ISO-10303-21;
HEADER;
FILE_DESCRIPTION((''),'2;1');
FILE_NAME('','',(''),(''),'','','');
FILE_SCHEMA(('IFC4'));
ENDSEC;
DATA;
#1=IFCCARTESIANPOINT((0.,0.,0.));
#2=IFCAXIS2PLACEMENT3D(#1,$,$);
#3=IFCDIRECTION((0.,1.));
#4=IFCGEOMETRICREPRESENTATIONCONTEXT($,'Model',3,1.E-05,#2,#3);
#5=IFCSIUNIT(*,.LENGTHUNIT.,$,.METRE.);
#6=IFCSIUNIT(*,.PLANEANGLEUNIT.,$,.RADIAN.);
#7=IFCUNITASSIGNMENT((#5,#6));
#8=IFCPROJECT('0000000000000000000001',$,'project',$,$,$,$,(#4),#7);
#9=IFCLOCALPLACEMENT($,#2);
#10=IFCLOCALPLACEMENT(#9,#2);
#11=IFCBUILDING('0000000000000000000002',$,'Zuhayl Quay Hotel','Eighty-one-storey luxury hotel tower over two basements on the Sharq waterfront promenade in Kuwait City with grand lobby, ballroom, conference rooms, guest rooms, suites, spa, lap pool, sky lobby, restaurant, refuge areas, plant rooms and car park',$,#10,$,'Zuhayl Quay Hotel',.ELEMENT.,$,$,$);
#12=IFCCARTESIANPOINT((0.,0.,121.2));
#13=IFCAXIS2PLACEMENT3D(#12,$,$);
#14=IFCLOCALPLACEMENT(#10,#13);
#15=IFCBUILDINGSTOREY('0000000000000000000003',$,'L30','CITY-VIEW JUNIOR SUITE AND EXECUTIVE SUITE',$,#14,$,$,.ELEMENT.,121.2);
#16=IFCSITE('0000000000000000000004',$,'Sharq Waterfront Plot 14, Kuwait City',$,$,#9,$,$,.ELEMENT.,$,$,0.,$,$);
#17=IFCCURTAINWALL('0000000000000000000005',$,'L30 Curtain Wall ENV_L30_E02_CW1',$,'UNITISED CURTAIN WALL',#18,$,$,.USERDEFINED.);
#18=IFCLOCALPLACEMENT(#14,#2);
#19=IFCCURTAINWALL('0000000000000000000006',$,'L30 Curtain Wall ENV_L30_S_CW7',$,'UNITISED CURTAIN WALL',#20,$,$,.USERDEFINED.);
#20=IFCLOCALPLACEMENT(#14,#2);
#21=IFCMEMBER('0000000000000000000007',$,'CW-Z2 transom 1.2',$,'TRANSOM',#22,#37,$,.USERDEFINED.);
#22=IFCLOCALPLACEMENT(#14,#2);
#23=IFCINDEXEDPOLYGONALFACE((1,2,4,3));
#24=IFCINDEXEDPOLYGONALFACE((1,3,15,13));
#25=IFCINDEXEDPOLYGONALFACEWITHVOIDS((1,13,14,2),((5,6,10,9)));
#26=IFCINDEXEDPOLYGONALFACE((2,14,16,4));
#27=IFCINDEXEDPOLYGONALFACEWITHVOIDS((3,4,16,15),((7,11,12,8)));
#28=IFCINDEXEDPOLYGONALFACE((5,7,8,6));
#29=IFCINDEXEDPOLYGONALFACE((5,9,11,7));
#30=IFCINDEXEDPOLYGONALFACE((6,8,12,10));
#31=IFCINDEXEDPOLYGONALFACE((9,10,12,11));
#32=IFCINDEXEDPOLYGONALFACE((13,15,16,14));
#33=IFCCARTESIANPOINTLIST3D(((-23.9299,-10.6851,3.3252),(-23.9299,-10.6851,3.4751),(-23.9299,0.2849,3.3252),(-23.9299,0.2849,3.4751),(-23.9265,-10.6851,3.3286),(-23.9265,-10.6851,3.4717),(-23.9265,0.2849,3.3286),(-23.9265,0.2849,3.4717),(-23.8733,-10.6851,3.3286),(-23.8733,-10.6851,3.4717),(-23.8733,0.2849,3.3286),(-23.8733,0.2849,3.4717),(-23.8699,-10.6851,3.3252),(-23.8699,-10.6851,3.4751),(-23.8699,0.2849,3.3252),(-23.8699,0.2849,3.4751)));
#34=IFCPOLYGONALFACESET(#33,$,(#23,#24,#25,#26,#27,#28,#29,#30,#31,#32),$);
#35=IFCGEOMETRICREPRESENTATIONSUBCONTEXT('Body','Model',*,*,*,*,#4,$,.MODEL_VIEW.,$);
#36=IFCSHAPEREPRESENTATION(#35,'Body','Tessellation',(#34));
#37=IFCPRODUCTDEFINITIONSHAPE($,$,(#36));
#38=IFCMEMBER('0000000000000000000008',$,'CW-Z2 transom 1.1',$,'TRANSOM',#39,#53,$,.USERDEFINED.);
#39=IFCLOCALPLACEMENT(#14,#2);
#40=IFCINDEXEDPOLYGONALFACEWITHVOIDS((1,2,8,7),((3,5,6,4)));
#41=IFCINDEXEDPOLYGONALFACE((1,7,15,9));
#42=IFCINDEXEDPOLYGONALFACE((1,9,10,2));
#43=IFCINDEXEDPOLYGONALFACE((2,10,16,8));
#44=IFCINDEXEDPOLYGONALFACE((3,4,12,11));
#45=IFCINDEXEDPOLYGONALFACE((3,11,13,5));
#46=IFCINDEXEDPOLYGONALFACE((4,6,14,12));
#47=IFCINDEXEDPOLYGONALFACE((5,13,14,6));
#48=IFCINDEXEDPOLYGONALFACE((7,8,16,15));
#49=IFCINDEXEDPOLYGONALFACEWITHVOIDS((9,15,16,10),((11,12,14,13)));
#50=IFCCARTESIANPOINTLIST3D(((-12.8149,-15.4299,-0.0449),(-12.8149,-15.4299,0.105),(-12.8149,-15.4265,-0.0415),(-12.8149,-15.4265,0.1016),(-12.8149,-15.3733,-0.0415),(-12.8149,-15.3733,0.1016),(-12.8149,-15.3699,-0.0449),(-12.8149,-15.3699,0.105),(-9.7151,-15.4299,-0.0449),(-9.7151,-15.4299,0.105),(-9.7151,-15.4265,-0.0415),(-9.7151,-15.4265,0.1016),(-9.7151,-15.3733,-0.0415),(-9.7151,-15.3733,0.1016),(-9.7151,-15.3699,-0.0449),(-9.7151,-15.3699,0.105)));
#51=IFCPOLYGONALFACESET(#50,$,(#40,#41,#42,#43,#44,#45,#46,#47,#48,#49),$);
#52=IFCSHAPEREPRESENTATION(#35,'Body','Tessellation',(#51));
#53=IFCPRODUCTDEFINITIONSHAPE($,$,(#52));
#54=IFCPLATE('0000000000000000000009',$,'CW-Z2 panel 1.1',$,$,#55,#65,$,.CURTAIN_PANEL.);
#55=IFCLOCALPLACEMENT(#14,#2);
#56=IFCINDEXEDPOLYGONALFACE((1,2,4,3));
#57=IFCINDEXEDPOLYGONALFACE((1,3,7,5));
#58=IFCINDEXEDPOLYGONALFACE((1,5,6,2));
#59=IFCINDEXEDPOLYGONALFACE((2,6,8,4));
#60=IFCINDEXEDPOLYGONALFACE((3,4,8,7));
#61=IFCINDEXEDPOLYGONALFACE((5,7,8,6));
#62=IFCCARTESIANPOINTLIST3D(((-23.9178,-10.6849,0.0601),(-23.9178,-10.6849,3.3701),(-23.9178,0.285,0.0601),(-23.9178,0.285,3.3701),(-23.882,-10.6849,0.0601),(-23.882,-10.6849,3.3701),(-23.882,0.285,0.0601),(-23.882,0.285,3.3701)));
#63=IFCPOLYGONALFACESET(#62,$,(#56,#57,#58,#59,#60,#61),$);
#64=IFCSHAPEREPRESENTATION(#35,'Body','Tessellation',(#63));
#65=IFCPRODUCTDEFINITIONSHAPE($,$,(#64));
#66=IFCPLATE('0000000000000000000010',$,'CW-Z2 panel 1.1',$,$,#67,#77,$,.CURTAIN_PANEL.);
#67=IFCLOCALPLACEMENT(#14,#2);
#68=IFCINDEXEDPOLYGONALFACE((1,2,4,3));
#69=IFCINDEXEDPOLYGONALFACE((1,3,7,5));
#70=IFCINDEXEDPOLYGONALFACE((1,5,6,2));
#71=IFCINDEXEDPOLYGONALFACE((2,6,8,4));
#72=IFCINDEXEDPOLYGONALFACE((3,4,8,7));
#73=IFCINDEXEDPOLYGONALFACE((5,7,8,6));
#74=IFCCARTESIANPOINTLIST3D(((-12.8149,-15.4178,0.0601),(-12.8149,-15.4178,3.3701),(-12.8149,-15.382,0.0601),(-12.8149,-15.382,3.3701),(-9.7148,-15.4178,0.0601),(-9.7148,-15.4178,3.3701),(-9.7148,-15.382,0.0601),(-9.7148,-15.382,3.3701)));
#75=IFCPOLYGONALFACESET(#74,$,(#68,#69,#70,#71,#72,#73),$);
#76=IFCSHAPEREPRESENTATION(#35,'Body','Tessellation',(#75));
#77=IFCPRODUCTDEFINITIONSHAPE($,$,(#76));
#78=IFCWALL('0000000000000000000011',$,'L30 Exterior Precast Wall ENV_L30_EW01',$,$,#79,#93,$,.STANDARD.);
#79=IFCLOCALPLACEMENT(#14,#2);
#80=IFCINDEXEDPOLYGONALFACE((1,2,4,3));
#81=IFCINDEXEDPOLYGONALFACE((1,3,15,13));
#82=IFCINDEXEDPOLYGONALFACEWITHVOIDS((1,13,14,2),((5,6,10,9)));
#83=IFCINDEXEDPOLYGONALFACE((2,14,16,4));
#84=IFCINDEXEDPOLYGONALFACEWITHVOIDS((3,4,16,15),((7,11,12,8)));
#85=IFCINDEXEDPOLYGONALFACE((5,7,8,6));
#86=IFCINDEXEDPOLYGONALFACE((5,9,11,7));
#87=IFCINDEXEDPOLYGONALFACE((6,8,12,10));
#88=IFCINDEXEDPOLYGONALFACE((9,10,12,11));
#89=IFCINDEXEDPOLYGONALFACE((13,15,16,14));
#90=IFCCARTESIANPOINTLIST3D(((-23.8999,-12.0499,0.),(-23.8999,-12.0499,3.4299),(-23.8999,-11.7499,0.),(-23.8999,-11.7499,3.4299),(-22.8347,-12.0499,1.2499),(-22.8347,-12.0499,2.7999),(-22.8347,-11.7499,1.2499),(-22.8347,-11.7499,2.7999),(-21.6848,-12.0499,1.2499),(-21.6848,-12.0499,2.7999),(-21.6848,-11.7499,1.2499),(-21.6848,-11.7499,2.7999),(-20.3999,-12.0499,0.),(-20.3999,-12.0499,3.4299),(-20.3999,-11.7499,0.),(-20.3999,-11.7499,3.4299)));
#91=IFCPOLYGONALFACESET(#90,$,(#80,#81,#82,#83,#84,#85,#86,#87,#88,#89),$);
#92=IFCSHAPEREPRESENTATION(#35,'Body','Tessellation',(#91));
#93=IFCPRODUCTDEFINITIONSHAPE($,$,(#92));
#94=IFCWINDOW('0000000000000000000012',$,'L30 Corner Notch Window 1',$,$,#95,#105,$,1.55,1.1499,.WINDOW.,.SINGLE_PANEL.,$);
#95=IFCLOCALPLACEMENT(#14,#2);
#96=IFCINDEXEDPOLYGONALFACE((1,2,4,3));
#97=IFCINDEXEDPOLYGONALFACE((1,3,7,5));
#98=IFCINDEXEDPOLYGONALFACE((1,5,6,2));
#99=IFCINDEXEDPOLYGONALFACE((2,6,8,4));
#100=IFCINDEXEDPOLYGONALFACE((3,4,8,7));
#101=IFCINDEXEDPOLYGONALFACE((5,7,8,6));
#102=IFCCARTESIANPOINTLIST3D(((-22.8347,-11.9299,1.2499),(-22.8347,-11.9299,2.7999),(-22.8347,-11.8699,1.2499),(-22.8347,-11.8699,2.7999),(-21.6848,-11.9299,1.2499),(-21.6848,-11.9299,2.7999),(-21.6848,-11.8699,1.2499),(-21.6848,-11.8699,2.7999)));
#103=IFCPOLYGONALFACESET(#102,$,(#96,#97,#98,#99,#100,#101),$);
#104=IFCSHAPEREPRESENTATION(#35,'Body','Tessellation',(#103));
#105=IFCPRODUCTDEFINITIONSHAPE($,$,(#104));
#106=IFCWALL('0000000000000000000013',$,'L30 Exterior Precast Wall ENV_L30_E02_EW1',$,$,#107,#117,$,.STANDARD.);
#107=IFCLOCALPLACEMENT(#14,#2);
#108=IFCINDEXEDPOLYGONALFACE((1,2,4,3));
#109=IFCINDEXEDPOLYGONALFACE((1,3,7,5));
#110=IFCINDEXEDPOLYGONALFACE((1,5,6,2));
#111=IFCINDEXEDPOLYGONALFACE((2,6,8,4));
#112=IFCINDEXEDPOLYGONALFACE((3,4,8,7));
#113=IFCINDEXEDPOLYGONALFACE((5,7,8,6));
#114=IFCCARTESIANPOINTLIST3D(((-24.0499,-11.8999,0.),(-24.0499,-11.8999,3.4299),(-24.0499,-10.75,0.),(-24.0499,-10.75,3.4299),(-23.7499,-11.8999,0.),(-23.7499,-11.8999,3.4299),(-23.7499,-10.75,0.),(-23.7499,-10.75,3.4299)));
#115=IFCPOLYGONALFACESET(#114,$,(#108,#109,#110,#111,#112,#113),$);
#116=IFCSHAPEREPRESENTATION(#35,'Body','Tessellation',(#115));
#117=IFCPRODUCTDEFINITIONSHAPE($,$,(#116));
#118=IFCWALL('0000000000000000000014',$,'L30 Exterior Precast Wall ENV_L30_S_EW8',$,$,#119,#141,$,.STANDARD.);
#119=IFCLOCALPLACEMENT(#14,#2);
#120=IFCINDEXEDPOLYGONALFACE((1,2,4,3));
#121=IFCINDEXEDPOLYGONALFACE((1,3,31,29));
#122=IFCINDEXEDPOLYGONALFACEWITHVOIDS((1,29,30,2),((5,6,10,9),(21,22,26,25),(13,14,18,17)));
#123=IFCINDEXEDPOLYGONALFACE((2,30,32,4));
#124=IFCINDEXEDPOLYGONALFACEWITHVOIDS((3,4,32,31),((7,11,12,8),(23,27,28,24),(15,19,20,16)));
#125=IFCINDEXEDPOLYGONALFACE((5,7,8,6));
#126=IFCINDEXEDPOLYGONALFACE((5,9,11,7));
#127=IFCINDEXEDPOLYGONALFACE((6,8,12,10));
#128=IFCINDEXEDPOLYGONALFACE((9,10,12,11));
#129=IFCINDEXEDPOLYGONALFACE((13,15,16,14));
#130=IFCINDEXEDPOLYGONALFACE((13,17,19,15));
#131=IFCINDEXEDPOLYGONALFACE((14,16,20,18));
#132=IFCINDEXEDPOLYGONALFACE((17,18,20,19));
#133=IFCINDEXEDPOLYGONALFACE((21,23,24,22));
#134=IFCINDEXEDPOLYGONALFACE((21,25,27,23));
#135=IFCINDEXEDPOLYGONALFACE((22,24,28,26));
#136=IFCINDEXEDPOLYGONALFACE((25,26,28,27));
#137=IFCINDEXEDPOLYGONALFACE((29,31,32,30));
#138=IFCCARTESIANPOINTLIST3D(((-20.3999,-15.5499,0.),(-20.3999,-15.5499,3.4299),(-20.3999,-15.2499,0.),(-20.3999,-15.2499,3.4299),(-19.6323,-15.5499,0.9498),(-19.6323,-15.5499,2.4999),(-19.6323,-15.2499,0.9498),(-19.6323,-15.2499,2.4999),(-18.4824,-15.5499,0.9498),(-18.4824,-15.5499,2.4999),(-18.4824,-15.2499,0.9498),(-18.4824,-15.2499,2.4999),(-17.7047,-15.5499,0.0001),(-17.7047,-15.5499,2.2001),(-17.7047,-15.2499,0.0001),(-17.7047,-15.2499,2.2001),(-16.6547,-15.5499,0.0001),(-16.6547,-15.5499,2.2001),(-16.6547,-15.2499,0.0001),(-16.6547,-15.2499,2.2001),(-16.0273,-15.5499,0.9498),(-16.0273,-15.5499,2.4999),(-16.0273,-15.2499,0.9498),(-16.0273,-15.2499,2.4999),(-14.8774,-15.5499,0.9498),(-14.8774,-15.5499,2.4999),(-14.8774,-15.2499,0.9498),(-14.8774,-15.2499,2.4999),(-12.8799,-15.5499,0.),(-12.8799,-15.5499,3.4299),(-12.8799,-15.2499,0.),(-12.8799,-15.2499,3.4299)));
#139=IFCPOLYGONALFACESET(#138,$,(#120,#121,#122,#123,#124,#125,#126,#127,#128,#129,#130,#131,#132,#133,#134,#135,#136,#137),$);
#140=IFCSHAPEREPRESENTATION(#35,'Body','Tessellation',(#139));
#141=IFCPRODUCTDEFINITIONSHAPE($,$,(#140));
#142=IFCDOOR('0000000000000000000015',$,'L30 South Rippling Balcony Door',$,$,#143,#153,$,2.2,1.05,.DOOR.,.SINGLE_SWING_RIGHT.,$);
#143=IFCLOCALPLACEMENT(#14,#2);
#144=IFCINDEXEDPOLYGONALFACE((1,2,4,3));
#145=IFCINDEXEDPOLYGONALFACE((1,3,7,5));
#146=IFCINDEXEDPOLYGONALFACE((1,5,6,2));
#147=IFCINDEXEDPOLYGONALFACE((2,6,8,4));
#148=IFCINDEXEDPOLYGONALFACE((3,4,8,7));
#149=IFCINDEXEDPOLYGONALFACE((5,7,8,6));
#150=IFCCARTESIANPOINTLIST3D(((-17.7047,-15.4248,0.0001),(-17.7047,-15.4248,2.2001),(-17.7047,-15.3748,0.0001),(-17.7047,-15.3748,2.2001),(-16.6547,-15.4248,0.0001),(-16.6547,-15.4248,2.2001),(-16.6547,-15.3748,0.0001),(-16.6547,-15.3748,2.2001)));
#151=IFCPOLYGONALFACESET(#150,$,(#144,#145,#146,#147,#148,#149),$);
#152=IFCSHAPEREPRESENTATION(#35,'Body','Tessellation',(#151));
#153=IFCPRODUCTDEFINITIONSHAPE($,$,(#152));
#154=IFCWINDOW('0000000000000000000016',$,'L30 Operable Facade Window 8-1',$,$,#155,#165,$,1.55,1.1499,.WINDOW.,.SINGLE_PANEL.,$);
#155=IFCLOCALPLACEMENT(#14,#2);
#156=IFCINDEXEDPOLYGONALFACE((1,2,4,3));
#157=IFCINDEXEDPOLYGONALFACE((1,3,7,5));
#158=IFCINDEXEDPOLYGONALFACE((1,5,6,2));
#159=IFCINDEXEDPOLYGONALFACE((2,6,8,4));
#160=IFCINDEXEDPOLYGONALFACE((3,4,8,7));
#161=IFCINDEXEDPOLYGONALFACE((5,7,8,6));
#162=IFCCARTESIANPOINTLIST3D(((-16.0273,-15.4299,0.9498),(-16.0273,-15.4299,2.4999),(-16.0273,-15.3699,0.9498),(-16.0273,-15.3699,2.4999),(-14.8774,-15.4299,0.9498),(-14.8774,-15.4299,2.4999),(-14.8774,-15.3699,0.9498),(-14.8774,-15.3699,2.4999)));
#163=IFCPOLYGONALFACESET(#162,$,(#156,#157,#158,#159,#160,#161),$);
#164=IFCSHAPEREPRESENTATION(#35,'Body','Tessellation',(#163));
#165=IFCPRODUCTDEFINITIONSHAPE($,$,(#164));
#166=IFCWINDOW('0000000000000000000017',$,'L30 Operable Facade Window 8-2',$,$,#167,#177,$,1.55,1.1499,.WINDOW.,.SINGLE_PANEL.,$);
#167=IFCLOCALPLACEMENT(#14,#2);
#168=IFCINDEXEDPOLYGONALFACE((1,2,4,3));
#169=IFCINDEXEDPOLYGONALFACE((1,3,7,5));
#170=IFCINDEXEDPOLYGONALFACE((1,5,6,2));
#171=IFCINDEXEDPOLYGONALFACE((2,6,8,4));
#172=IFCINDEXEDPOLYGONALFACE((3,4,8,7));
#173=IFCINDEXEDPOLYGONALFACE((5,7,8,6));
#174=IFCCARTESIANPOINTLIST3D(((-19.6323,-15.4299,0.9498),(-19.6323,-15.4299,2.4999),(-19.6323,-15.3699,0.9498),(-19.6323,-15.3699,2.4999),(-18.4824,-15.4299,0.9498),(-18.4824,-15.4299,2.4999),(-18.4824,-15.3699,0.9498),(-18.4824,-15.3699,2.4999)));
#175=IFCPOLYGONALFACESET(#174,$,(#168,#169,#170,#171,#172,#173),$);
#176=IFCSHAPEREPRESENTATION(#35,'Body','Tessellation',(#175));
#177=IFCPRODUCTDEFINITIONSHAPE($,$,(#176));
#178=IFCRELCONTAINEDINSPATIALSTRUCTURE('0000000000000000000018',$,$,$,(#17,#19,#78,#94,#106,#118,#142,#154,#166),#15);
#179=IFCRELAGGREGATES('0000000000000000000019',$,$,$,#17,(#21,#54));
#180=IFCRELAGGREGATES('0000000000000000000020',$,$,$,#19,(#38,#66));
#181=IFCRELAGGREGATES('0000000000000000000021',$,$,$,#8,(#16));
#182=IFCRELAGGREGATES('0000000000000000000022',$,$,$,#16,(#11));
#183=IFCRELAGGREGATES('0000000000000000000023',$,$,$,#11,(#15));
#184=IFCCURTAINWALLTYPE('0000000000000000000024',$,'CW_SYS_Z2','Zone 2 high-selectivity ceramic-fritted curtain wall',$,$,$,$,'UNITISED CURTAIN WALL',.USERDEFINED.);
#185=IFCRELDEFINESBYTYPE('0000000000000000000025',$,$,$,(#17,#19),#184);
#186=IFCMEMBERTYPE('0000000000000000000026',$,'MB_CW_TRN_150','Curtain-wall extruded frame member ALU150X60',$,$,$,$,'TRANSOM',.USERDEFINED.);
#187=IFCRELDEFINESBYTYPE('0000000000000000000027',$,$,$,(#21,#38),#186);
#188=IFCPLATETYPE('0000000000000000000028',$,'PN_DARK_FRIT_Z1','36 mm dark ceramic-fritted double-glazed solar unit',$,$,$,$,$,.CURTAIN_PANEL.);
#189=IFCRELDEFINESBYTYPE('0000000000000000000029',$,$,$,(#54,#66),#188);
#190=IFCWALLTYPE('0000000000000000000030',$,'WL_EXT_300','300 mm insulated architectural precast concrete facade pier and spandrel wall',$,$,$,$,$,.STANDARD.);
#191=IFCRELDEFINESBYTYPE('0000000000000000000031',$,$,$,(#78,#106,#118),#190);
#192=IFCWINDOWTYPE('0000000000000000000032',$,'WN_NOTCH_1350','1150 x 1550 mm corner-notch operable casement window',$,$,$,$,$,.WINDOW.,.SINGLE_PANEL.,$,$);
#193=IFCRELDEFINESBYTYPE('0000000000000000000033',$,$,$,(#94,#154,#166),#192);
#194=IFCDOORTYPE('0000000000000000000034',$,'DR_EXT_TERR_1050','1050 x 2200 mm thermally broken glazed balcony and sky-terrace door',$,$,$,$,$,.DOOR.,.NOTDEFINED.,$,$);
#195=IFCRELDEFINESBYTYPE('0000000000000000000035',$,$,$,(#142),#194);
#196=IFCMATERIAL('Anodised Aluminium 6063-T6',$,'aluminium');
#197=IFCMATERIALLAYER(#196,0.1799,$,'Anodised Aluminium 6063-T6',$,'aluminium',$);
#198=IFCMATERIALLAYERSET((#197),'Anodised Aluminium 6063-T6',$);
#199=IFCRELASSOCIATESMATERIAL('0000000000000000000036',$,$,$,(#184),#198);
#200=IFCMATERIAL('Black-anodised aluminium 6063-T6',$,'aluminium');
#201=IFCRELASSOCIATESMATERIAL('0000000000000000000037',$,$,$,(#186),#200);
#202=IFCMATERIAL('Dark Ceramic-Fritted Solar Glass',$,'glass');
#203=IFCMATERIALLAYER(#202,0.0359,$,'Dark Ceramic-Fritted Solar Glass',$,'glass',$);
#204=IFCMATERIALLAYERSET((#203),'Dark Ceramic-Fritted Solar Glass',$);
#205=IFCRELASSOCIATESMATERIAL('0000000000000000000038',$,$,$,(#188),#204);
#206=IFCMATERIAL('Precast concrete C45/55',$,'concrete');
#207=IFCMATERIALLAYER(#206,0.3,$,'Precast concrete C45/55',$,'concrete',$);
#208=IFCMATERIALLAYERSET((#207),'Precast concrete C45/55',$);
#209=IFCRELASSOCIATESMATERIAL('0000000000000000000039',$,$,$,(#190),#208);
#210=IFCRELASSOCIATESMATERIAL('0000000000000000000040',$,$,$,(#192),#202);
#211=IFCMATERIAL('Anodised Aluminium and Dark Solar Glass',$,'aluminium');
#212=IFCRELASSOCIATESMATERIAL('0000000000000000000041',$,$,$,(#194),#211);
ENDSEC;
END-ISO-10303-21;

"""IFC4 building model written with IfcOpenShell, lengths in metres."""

from ifc_helpers import new_model, si_unit, direction, frame, frame_2d, origin, origin_2d, place, context, subcontext, project, spatial, rectangle, hollow_rectangle, extrude, material, layer, layer_set, material_profile, profile_set, type_object, element, fill, aggregate, save


model = new_model("IFC4")

# Units and contexts
model_context = context("Model", 3, precision=1e-05, world=origin(), true_north=direction((0.0, 1.0)))
body_context = subcontext(model_context, "Body", "Model", "MODEL_VIEW")
ifc_project = project(units=[si_unit("LENGTHUNIT", "METRE"), si_unit("PLANEANGLEUNIT", "RADIAN")], contexts=[model_context])

# Site, building, storey
site_placement = place(None, origin())
site = spatial("IfcSite", under=ifc_project, at=site_placement, Name="Sharq Waterfront Plot 14, Kuwait City", CompositionType="ELEMENT", RefElevation=0.0)
building_placement = place(site_placement, origin())
building = spatial("IfcBuilding", under=site, at=building_placement, Name="Zuhayl Quay Hotel", Description="Eighty-one-storey luxury hotel tower over two basements on the Sharq waterfront promenade in Kuwait City with grand lobby, ballroom, conference rooms, guest rooms, suites, spa, lap pool, sky lobby, restaurant, refuge areas, plant rooms and car park", LongName="Zuhayl Quay Hotel", CompositionType="ELEMENT")
storey_placement = place(building_placement, frame((0.0, 0.0, 121.2)))
storey = spatial("IfcBuildingStorey", under=building, at=storey_placement, Name="L30", Description="CITY-VIEW JUNIOR SUITE AND EXECUTIVE SUITE", CompositionType="ELEMENT", Elevation=121.2)

# Curtain walls
ifc_material_1 = material(Name="Anodised Aluminium 6063-T6", Category="aluminium")
ifc_layer_1 = layer(ifc_material_1, 0.1799, Name="Anodised Aluminium 6063-T6", Category="aluminium")
ifc_layer_set_1 = layer_set([ifc_layer_1], Name="Anodised Aluminium 6063-T6")
curtain_wall_type = type_object("IfcCurtainWallType", Name="CW_SYS_Z2", Description="Zone 2 high-selectivity ceramic-fritted curtain wall", ElementType="UNITISED CURTAIN WALL", PredefinedType="USERDEFINED", material=ifc_layer_set_1)
curtain_wall_1_placement = place(storey_placement, origin())
curtain_wall_1 = element("IfcCurtainWall", 1, at=curtain_wall_1_placement, inside=storey, type_object=curtain_wall_type, Name="L30 Curtain Wall ENV_L30_E02_CW1", ObjectType="UNITISED CURTAIN WALL", PredefinedType="USERDEFINED")
ifc_material_2 = material(Name="Black-anodised aluminium 6063-T6", Category="aluminium")
curtain_wall_2_placement = place(storey_placement, origin())
curtain_wall_2 = element("IfcCurtainWall", 2, at=curtain_wall_2_placement, inside=storey, type_object=curtain_wall_type, Name="L30 Curtain Wall ENV_L30_S_CW7", ObjectType="UNITISED CURTAIN WALL", PredefinedType="USERDEFINED")

# Members
ifc_material_profile_1 = material_profile(ifc_material_2, hollow_rectangle(XDim=0.0601, YDim=0.1499, WallThickness=0.0034, at=origin_2d()), Name="ALU150X60")
ifc_profile_set_1 = profile_set([ifc_material_profile_1], Name="Black-anodised aluminium 6063-T6")
member_type_1 = type_object("IfcMemberType", Name="MB_CW_TRN_150", Description="Curtain-wall extruded frame member ALU150X60", ElementType="TRANSOM", PredefinedType="USERDEFINED", material=ifc_profile_set_1)
member_1_placement = place(storey_placement, frame((-23.8999, -10.6851, 3.4001), z_axis=(0.0, 1.0, 0.0), x_axis=(-1.0, 0.0, 0.0)))
member_1 = element("IfcMember", 3, at=member_1_placement, type_object=member_type_1, Name="CW-Z2 transom 1.2", ObjectType="TRANSOM", PredefinedType="USERDEFINED", context=body_context, shape_type="SweptSolid", body=[
    extrude(hollow_rectangle(XDim=0.0601, YDim=0.1499, WallThickness=0.0034, at=origin_2d()), origin(), (0.0, 0.0, 1.0), 10.97),
])
member_2_placement = place(storey_placement, frame((-9.7151, -15.3999, 0.03), z_axis=(-1.0, 0.0, 0.0), x_axis=(0.0, -1.0, 0.0)))
member_2 = element("IfcMember", 4, at=member_2_placement, type_object=member_type_1, Name="CW-Z2 transom 1.1", ObjectType="TRANSOM", PredefinedType="USERDEFINED", context=body_context, shape_type="SweptSolid", body=[
    extrude(hollow_rectangle(XDim=0.0601, YDim=0.1499, WallThickness=0.0034, at=origin_2d()), origin(), (0.0, 0.0, 1.0), 3.0999),
])

# Plates
ifc_material_3 = material(Name="Dark Ceramic-Fritted Solar Glass", Category="glass")
ifc_layer_2 = layer(ifc_material_3, 0.0359, Name="Dark Ceramic-Fritted Solar Glass", Category="glass")
ifc_layer_set_2 = layer_set([ifc_layer_2], Name="Dark Ceramic-Fritted Solar Glass")
plate_type = type_object("IfcPlateType", Name="PN_DARK_FRIT_Z1", Description="36 mm dark ceramic-fritted double-glazed solar unit", PredefinedType="CURTAIN_PANEL", material=ifc_layer_set_2)
plate_1_placement = place(storey_placement, frame((-23.8999, -5.2, 0.0601), z_axis=(0.0, 0.0, 1.0), x_axis=(0.0, 1.0, 0.0)))
plate_1 = element("IfcPlate", 5, at=plate_1_placement, type_object=plate_type, Name="CW-Z2 panel 1.1", PredefinedType="CURTAIN_PANEL", context=body_context, shape_type="SweptSolid", body=[
    extrude(rectangle(XDim=10.97, YDim=0.0359, at=origin_2d()), origin(), (0.0, 0.0, 1.0), 3.3101),
])
aggregate(curtain_wall_1, [member_1, plate_1])
plate_2_placement = place(storey_placement, frame((-11.2649, -15.3999, 0.0601), z_axis=(0.0, 0.0, 1.0), x_axis=(-1.0, 0.0, 0.0)))
plate_2 = element("IfcPlate", 6, at=plate_2_placement, type_object=plate_type, Name="CW-Z2 panel 1.1", PredefinedType="CURTAIN_PANEL", context=body_context, shape_type="SweptSolid", body=[
    extrude(rectangle(XDim=3.1001, YDim=0.0359, at=origin_2d()), origin(), (0.0, 0.0, 1.0), 3.3101),
])
aggregate(curtain_wall_2, [member_2, plate_2])

# Wall, opening, window
ifc_material_4 = material(Name="Precast concrete C45/55", Category="concrete")
ifc_layer_3 = layer(ifc_material_4, 0.3, Name="Precast concrete C45/55", Category="concrete")
ifc_layer_set_3 = layer_set([ifc_layer_3], Name="Precast concrete C45/55")
wall_type_1 = type_object("IfcWallType", Name="WL_EXT_300", Description="300 mm insulated architectural precast concrete facade pier and spandrel wall", PredefinedType="STANDARD", material=ifc_layer_set_3)
wall_1_placement = place(storey_placement, frame((-20.3999, -11.8999, 0.0), z_axis=(0.0, 0.0, 1.0), x_axis=(-1.0, 0.0, 0.0)))
wall_1 = element("IfcWall", 7, at=wall_1_placement, inside=storey, type_object=wall_type_1, Name="L30 Exterior Precast Wall ENV_L30_EW01", PredefinedType="STANDARD", context=body_context, shape_type="SweptSolid", body=[
    extrude(rectangle(XDim=3.5, YDim=0.3, at=frame_2d((1.75, 0.0))), origin(), (0.0, 0.0, 1.0), 3.4299),
])
opening_1_placement = place(wall_1_placement, frame((1.2849, 0.0, 1.25)))
opening_1 = element("IfcOpeningElement", 8, at=opening_1_placement, cuts=wall_1, PredefinedType="OPENING", context=body_context, shape_type="SweptSolid", body=[
    extrude(rectangle(XDim=1.1499, YDim=1.55, at=frame_2d((0.575, 0.7749))), frame((0.0, 0.1599, 0.0), z_axis=(0.0, -1.0, 0.0), x_axis=(1.0, 0.0, 0.0)), (0.0, 0.0, 1.0), 0.3201),
])
window_type = type_object("IfcWindowType", Name="WN_NOTCH_1350", Description="1150 x 1550 mm corner-notch operable casement window", PartitioningType="SINGLE_PANEL", PredefinedType="WINDOW", material=ifc_material_3)
window_1_placement = place(opening_1_placement, origin())
window_1 = element("IfcWindow", 9, at=window_1_placement, inside=storey, type_object=window_type, Name="L30 Corner Notch Window 1", OverallHeight=1.55, OverallWidth=1.1499, PartitioningType="SINGLE_PANEL", PredefinedType="WINDOW", context=body_context, shape_type="SweptSolid", body=[
    extrude(rectangle(XDim=1.1499, YDim=1.55, at=frame_2d((0.575, 0.7749))), frame((0.0, 0.03, 0.0), z_axis=(0.0, -1.0, 0.0), x_axis=(1.0, 0.0, 0.0)), (0.0, 0.0, 1.0), 0.0601),
])
fill(opening_1, window_1)

# Wall
wall_2_placement = place(storey_placement, frame((-23.8999, -11.8999, 0.0), z_axis=(0.0, 0.0, 1.0), x_axis=(0.0, 1.0, 0.0)))
element("IfcWall", 10, at=wall_2_placement, inside=storey, type_object=wall_type_1, Name="L30 Exterior Precast Wall ENV_L30_E02_EW1", PredefinedType="STANDARD", context=body_context, shape_type="SweptSolid", body=[
    extrude(rectangle(XDim=1.1499, YDim=0.3, at=frame_2d((0.575, 0.0))), origin(), (0.0, 0.0, 1.0), 3.4299),
])

# Wall, openings, door, windows
wall_3_placement = place(storey_placement, frame((-12.8799, -15.3999, 0.0), z_axis=(0.0, 0.0, 1.0), x_axis=(-1.0, 0.0, 0.0)))
wall_3 = element("IfcWall", 11, at=wall_3_placement, inside=storey, type_object=wall_type_1, Name="L30 Exterior Precast Wall ENV_L30_S_EW8", PredefinedType="STANDARD", context=body_context, shape_type="SweptSolid", body=[
    extrude(rectangle(XDim=7.52, YDim=0.3, at=frame_2d((3.76, 0.0))), origin(), (0.0, 0.0, 1.0), 3.4299),
])
opening_2_placement = place(wall_3_placement, frame((3.7749, 0.0, 0.0)))
opening_2 = element("IfcOpeningElement", 12, at=opening_2_placement, cuts=wall_3, PredefinedType="OPENING", context=body_context, shape_type="SweptSolid", body=[
    extrude(rectangle(XDim=1.05, YDim=2.2, at=frame_2d((0.5249, 1.1001))), frame((0.0, 0.1599, 0.0), z_axis=(0.0, -1.0, 0.0), x_axis=(1.0, 0.0, 0.0)), (0.0, 0.0, 1.0), 0.3201),
])
opening_3_placement = place(wall_3_placement, frame((1.9976, 0.0, 0.95)))
opening_3 = element("IfcOpeningElement", 13, at=opening_3_placement, cuts=wall_3, PredefinedType="OPENING", context=body_context, shape_type="SweptSolid", body=[
    extrude(rectangle(XDim=1.1499, YDim=1.55, at=frame_2d((0.575, 0.7749))), frame((0.0, 0.1599, 0.0), z_axis=(0.0, -1.0, 0.0), x_axis=(1.0, 0.0, 0.0)), (0.0, 0.0, 1.0), 0.3201),
])
opening_4_placement = place(wall_3_placement, frame((5.6025, 0.0, 0.95)))
opening_4 = element("IfcOpeningElement", 14, at=opening_4_placement, cuts=wall_3, PredefinedType="OPENING", context=body_context, shape_type="SweptSolid", body=[
    extrude(rectangle(XDim=1.1499, YDim=1.55, at=frame_2d((0.575, 0.7749))), frame((0.0, 0.1599, 0.0), z_axis=(0.0, -1.0, 0.0), x_axis=(1.0, 0.0, 0.0)), (0.0, 0.0, 1.0), 0.3201),
])
ifc_material_5 = material(Name="Anodised Aluminium and Dark Solar Glass", Category="aluminium")
door_type = type_object("IfcDoorType", Name="DR_EXT_TERR_1050", Description="1050 x 2200 mm thermally broken glazed balcony and sky-terrace door", OperationType="NOTDEFINED", PredefinedType="DOOR", material=ifc_material_5)
door_1_placement = place(opening_2_placement, origin())
door_1 = element("IfcDoor", 15, at=door_1_placement, inside=storey, type_object=door_type, Name="L30 South Rippling Balcony Door", OperationType="SINGLE_SWING_RIGHT", OverallHeight=2.2, OverallWidth=1.05, PredefinedType="DOOR", context=body_context, shape_type="SweptSolid", body=[
    extrude(rectangle(XDim=1.05, YDim=2.2, at=frame_2d((0.5249, 1.1001))), frame((0.0, 0.0249, 0.0), z_axis=(0.0, -1.0, 0.0), x_axis=(1.0, 0.0, 0.0)), (0.0, 0.0, 1.0), 0.05),
])
fill(opening_2, door_1)
window_2_placement = place(opening_3_placement, origin())
window_2 = element("IfcWindow", 16, at=window_2_placement, inside=storey, type_object=window_type, Name="L30 Operable Facade Window 8-1", OverallHeight=1.55, OverallWidth=1.1499, PartitioningType="SINGLE_PANEL", PredefinedType="WINDOW", context=body_context, shape_type="SweptSolid", body=[
    extrude(rectangle(XDim=1.1499, YDim=1.55, at=frame_2d((0.575, 0.7749))), frame((0.0, 0.03, 0.0), z_axis=(0.0, -1.0, 0.0), x_axis=(1.0, 0.0, 0.0)), (0.0, 0.0, 1.0), 0.0601),
])
fill(opening_3, window_2)
window_3_placement = place(opening_4_placement, origin())
window_3 = element("IfcWindow", 17, at=window_3_placement, inside=storey, type_object=window_type, Name="L30 Operable Facade Window 8-2", OverallHeight=1.55, OverallWidth=1.1499, PartitioningType="SINGLE_PANEL", PredefinedType="WINDOW", context=body_context, shape_type="SweptSolid", body=[
    extrude(rectangle(XDim=1.1499, YDim=1.55, at=frame_2d((0.575, 0.7749))), frame((0.0, 0.03, 0.0), z_axis=(0.0, -1.0, 0.0), x_axis=(1.0, 0.0, 0.0)), (0.0, 0.0, 1.0), 0.0601),
])
fill(opening_4, window_3)

save(model, "model.ifc")
